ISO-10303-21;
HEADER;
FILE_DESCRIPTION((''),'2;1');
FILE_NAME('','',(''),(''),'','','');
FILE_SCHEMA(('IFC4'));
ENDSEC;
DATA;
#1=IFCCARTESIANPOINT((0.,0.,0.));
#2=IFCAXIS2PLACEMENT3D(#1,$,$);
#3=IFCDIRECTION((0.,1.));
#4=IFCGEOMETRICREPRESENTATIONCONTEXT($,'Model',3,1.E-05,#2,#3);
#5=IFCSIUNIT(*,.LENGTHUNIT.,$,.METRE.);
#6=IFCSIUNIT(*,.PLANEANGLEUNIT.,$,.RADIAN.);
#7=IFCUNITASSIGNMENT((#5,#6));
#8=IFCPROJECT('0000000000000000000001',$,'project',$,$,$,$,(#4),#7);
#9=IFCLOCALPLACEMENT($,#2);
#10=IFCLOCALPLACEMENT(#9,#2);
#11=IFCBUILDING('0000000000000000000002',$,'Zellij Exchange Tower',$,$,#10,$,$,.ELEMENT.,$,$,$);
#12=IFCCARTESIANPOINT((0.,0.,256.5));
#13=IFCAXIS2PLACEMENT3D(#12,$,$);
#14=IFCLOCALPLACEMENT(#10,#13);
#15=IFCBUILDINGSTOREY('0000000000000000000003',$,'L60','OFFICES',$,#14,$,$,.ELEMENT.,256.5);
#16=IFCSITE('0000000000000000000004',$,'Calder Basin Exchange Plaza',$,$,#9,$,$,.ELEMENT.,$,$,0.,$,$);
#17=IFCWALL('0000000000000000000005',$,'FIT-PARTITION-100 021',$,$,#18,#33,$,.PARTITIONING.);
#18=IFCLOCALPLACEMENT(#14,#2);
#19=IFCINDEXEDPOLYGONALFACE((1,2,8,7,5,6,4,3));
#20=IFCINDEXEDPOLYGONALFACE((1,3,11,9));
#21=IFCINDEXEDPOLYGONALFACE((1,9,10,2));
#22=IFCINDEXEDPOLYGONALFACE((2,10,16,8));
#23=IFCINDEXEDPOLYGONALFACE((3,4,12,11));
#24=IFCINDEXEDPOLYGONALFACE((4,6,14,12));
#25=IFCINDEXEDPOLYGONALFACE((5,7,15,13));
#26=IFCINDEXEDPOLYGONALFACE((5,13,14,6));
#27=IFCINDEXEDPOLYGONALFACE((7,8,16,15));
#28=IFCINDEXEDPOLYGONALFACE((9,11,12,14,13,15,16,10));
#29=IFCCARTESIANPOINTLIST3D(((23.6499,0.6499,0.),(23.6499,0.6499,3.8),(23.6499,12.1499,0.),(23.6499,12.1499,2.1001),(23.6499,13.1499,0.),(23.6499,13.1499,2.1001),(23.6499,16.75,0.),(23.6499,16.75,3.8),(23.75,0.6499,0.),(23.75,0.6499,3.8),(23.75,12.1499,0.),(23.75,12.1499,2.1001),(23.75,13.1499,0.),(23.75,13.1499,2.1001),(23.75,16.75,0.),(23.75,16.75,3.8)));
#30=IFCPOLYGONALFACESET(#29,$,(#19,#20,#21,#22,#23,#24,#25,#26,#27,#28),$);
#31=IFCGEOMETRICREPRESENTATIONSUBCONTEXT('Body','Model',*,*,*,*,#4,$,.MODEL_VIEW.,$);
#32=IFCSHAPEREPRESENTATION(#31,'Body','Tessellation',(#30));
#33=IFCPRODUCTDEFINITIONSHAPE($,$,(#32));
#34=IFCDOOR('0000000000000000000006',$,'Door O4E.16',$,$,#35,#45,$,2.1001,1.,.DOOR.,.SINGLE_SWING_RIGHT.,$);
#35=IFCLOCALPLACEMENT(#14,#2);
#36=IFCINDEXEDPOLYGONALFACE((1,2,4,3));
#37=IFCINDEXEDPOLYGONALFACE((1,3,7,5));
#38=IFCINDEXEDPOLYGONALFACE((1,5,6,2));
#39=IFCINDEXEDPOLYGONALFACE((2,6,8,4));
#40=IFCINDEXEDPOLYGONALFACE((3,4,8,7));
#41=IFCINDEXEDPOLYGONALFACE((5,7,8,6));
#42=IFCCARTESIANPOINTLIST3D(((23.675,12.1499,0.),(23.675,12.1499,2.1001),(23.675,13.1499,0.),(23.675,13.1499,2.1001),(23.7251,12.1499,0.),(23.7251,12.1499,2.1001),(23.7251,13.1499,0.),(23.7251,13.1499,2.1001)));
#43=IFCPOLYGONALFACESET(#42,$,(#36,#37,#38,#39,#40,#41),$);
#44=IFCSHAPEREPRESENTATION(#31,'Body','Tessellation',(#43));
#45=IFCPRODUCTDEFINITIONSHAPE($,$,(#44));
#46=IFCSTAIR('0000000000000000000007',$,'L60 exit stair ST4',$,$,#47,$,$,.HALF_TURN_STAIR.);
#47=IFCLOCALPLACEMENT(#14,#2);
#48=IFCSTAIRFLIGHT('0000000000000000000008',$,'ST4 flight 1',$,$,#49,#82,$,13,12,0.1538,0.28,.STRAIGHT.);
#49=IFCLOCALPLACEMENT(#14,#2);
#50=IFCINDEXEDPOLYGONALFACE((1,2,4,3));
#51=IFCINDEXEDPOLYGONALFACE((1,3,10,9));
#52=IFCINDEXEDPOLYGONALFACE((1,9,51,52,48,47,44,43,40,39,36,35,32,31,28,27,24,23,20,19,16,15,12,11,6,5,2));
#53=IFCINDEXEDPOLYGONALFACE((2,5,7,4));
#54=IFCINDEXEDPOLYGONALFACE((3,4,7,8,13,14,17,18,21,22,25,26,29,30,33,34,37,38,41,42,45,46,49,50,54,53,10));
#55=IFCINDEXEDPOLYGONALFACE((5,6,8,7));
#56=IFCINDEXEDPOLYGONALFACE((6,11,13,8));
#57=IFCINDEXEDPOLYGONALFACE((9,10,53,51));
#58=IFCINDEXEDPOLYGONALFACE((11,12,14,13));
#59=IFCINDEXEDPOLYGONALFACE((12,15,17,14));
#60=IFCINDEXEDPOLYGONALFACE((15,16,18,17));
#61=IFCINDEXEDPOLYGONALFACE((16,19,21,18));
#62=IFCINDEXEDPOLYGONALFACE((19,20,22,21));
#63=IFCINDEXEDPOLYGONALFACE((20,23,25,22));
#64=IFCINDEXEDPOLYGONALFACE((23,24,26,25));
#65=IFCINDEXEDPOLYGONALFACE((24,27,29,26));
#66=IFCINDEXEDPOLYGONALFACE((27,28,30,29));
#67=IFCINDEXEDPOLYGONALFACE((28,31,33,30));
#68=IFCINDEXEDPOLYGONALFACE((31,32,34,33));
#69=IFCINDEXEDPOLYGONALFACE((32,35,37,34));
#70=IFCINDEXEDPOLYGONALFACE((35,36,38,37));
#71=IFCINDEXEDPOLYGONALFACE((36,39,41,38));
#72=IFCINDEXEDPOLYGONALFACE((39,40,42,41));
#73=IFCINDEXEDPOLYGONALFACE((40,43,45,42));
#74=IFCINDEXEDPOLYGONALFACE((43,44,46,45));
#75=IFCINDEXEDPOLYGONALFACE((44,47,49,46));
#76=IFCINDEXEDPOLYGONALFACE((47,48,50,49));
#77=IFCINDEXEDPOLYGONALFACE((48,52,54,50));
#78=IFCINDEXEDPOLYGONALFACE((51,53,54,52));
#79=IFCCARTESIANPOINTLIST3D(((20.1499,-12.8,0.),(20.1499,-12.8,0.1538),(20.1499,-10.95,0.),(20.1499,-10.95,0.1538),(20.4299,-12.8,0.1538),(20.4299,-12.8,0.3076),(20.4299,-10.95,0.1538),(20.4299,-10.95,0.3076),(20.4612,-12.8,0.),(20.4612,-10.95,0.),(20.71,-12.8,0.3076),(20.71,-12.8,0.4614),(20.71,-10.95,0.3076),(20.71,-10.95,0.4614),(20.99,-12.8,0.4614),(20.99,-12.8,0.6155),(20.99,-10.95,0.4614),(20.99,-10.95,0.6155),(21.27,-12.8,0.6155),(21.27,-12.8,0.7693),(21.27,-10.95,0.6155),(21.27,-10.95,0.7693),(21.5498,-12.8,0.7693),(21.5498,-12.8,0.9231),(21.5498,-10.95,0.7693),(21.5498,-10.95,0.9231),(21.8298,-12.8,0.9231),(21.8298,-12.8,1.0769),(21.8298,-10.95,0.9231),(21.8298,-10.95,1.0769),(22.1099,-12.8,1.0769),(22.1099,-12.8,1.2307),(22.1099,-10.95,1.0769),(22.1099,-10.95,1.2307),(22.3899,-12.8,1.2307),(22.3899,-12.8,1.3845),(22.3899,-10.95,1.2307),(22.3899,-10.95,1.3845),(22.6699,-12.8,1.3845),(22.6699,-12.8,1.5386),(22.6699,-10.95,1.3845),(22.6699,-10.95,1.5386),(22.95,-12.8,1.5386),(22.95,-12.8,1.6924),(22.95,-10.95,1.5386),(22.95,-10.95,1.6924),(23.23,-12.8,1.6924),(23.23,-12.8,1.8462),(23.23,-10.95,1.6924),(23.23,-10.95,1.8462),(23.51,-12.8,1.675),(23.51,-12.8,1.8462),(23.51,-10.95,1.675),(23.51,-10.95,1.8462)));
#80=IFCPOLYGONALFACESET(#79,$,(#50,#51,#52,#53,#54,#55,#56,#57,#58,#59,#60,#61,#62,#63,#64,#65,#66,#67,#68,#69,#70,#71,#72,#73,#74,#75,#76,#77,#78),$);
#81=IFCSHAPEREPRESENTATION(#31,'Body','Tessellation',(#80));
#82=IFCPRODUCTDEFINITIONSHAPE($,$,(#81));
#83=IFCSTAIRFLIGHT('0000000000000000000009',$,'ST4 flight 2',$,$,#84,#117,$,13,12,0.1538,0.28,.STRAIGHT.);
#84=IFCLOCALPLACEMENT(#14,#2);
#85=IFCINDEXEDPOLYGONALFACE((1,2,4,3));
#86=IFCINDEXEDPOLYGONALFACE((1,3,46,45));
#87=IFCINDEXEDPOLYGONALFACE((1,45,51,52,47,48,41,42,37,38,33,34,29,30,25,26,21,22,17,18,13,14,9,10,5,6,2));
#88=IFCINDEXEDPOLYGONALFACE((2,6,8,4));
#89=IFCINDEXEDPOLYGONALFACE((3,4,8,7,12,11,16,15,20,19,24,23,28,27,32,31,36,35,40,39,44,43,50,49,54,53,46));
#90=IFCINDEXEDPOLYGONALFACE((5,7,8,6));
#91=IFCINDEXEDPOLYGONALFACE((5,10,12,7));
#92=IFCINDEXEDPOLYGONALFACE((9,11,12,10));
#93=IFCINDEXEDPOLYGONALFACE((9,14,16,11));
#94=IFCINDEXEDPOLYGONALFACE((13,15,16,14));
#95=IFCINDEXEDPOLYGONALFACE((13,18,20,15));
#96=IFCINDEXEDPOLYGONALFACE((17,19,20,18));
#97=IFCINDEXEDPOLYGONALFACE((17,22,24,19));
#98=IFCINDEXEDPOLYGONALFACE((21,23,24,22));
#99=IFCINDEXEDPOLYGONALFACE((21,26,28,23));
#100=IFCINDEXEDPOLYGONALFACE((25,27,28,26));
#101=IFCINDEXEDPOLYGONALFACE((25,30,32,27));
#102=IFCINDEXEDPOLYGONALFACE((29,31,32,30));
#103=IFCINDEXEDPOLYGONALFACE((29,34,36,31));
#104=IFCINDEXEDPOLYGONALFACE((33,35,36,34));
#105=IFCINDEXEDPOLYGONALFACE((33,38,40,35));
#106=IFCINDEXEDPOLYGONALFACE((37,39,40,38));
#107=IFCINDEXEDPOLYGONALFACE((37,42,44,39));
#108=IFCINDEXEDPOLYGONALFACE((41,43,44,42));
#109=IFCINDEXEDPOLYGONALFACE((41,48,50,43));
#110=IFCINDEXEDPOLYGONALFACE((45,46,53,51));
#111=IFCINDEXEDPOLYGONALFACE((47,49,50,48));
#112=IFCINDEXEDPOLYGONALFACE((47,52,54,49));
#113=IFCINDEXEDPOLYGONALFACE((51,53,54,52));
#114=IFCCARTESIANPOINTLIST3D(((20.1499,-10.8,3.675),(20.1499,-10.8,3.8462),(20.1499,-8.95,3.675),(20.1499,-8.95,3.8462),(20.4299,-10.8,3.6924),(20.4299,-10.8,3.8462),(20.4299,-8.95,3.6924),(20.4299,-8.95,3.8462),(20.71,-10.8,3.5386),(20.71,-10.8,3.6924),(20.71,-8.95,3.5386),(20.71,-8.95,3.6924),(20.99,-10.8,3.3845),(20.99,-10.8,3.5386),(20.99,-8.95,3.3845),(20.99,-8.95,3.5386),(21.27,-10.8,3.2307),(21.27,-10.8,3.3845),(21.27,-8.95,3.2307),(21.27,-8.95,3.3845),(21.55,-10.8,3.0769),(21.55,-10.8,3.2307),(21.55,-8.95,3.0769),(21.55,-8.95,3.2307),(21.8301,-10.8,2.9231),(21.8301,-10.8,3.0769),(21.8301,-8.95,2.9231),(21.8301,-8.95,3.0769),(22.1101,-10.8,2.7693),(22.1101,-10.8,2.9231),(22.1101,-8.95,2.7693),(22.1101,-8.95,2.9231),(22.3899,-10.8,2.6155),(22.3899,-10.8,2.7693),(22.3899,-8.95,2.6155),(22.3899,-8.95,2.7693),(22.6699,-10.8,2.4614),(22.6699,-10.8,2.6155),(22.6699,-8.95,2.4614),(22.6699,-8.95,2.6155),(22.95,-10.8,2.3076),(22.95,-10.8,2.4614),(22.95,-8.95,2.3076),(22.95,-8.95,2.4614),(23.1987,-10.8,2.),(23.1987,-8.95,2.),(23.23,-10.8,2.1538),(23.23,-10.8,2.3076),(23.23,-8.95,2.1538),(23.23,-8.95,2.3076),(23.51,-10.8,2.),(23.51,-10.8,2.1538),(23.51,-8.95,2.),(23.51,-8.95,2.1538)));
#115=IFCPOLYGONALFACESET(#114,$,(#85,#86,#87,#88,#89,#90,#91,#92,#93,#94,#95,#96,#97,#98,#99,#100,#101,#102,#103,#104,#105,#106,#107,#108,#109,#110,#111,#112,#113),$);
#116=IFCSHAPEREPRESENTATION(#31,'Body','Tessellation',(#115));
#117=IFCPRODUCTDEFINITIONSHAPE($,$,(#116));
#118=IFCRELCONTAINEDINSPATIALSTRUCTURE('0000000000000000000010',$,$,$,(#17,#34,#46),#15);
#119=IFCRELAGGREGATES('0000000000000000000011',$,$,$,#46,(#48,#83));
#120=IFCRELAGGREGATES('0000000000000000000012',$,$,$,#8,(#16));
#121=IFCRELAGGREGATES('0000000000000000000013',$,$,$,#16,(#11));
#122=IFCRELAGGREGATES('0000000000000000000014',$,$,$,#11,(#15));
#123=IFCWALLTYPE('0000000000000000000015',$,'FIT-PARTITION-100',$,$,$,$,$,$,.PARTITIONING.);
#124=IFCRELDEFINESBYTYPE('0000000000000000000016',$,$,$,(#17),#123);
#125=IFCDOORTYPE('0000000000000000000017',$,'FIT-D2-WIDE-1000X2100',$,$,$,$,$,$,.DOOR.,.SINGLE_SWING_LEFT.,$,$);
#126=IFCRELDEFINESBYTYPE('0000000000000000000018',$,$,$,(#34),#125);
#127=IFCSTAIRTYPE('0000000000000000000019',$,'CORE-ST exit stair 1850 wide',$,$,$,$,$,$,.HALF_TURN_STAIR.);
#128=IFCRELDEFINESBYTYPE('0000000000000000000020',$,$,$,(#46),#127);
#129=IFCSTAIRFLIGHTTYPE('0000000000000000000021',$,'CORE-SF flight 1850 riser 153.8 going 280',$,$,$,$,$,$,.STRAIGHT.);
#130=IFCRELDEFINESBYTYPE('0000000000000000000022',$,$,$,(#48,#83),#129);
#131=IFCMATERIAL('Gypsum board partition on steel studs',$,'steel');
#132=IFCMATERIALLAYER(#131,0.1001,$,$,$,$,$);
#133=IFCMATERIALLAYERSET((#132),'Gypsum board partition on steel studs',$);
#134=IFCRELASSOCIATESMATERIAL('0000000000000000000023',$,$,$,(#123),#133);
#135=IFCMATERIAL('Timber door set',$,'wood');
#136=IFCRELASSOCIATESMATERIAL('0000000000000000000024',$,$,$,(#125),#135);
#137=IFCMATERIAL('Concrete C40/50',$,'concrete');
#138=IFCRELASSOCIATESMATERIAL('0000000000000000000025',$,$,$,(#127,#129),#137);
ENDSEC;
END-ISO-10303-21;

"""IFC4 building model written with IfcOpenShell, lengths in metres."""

from ifc_helpers import new_model, si_unit, direction, frame, frame_2d, origin, place, context, subcontext, project, spatial, polyline, rectangle, outline, extrude, material, layer, layer_set, type_object, element, fill, aggregate, save


model = new_model("IFC4")

# Units and contexts
model_context = context("Model", 3, precision=1e-05, world=origin(), true_north=direction((0.0, 1.0)))
body_context = subcontext(model_context, "Body", "Model", "MODEL_VIEW")
ifc_project = project(units=[si_unit("LENGTHUNIT", "METRE"), si_unit("PLANEANGLEUNIT", "RADIAN")], contexts=[model_context])

# Site, building, storey
site_placement = place(None, origin())
site = spatial("IfcSite", under=ifc_project, at=site_placement, Name="Calder Basin Exchange Plaza", CompositionType="ELEMENT", RefElevation=0.0)
building_placement = place(site_placement, origin())
building = spatial("IfcBuilding", under=site, at=building_placement, Name="Zellij Exchange Tower", CompositionType="ELEMENT")
storey_placement = place(building_placement, frame((0.0, 0.0, 256.5)))
storey = spatial("IfcBuildingStorey", under=building, at=storey_placement, Name="L60", Description="OFFICES", CompositionType="ELEMENT", Elevation=256.5)

# Shared definitions
ifc_material_1 = material(Name="Gypsum board partition on steel studs", Category="steel")
ifc_layer_1 = layer(ifc_material_1, 0.1001)
ifc_layer_set_1 = layer_set([ifc_layer_1], Name="Gypsum board partition on steel studs")
wall_type_1 = type_object("IfcWallType", Name="FIT-PARTITION-100", PredefinedType="PARTITIONING", material=ifc_layer_set_1)

# Wall, opening, door
wall_1_placement = place(storey_placement, frame((23.7, 0.6499, 0.0), z_axis=(0.0, 0.0, 1.0), x_axis=(0.0, 1.0, 0.0)))
wall_1 = element("IfcWall", 1, at=wall_1_placement, inside=storey, type_object=wall_type_1, Name="FIT-PARTITION-100 021", PredefinedType="PARTITIONING", context=body_context, shape_type="SweptSolid", body=[
    extrude(rectangle(XDim=16.1001, YDim=0.1001, at=frame_2d((8.05, 0.0))), origin(), (0.0, 0.0, 1.0), 3.8),
])
opening_1_placement = place(wall_1_placement, frame((11.5, 0.0, 0.0)))
opening_1 = element("IfcOpeningElement", 2, at=opening_1_placement, cuts=wall_1, PredefinedType="OPENING", context=body_context, shape_type="SweptSolid", body=[
    extrude(rectangle(XDim=1.0, YDim=2.1001, at=frame_2d((0.5, 1.05))), frame((0.0, 0.062, 0.0), z_axis=(0.0, -1.0, 0.0), x_axis=(1.0, 0.0, 0.0)), (0.0, 0.0, 1.0), 0.124),
])
ifc_material_2 = material(Name="Timber door set", Category="wood")
door_type_1 = type_object("IfcDoorType", Name="FIT-D2-WIDE-1000X2100", OperationType="SINGLE_SWING_LEFT", PredefinedType="DOOR", material=ifc_material_2)
door_1_placement = place(opening_1_placement, origin())
door_1 = element("IfcDoor", 3, at=door_1_placement, inside=storey, type_object=door_type_1, Name="Door O4E.16", OperationType="SINGLE_SWING_RIGHT", OverallHeight=2.1001, OverallWidth=1.0, PredefinedType="DOOR", context=body_context, shape_type="SweptSolid", body=[
    extrude(rectangle(XDim=1.0, YDim=2.1001, at=frame_2d((0.5, 1.05))), frame((0.0, 0.0249, 0.0), z_axis=(0.0, -1.0, 0.0), x_axis=(1.0, 0.0, 0.0)), (0.0, 0.0, 1.0), 0.05),
])
fill(opening_1, door_1)

# Stair, stair flights
ifc_material_3 = material(Name="Concrete C40/50", Category="concrete")
stair_type = type_object("IfcStairType", Name="CORE-ST exit stair 1850 wide", PredefinedType="HALF_TURN_STAIR", material=ifc_material_3)
stair_placement = place(storey_placement, origin())
stair = element("IfcStair", 4, at=stair_placement, inside=storey, type_object=stair_type, Name="L60 exit stair ST4", PredefinedType="HALF_TURN_STAIR")
stair_flight_type = type_object("IfcStairFlightType", Name="CORE-SF flight 1850 riser 153.8 going 280", PredefinedType="STRAIGHT", material=ifc_material_3)
stair_flight_1_placement = place(storey_placement, frame((20.1499, -11.875, 0.0), z_axis=(0.0, 0.0, 1.0), x_axis=(1.0, 0.0, 0.0)))
stair_flight_1 = element("IfcStairFlight", 5, at=stair_flight_1_placement, type_object=stair_flight_type, Name="ST4 flight 1", NumberOfRisers=13, NumberOfTreads=12, PredefinedType="STRAIGHT", RiserHeight=0.1538, TreadLength=0.28, context=body_context, shape_type="SweptSolid", body=[
    extrude(outline(polyline([(0.0, 0.0), (0.0, 0.1538), (0.28, 0.1538), (0.28, 0.3076), (0.5601, 0.3076), (0.5601, 0.4614), (0.8401, 0.4614), (0.8401, 0.6155), (1.1201, 0.6155), (1.1201, 0.7693), (1.3999, 0.7693), (1.3999, 0.9231), (1.6799, 0.9231), (1.6799, 1.0769), (1.96, 1.0769), (1.96, 1.2307), (2.24, 1.2307), (2.24, 1.3845), (2.52, 1.3845), (2.52, 1.5386), (2.8, 1.5386), (2.8, 1.6924), (3.0801, 1.6924), (3.0801, 1.8462), (3.3601, 1.8462), (3.3601, 2.0), (3.3601, 1.675), (0.3113, 0.0), (0.0, 0.0)])), frame((0.0, 0.925, 0.0), z_axis=(0.0, -1.0, 0.0), x_axis=(1.0, 0.0, 0.0)), (0.0, 0.0, 1.0), 1.8501),
])
stair_flight_2_placement = place(storey_placement, frame((23.51, -9.875, 2.0), z_axis=(0.0, 0.0, 1.0), x_axis=(-1.0, 0.0, 0.0)))
stair_flight_2 = element("IfcStairFlight", 6, at=stair_flight_2_placement, type_object=stair_flight_type, Name="ST4 flight 2", NumberOfRisers=13, NumberOfTreads=12, PredefinedType="STRAIGHT", RiserHeight=0.1538, TreadLength=0.28, context=body_context, shape_type="SweptSolid", body=[
    extrude(outline(polyline([(0.0, 0.0), (0.0, 0.1538), (0.28, 0.1538), (0.28, 0.3076), (0.5601, 0.3076), (0.5601, 0.4614), (0.8401, 0.4614), (0.8401, 0.6155), (1.1201, 0.6155), (1.1201, 0.7693), (1.3999, 0.7693), (1.3999, 0.9231), (1.6799, 0.9231), (1.6799, 1.0769), (1.96, 1.0769), (1.96, 1.2307), (2.24, 1.2307), (2.24, 1.3845), (2.52, 1.3845), (2.52, 1.5386), (2.8, 1.5386), (2.8, 1.6924), (3.0801, 1.6924), (3.0801, 1.8462), (3.3601, 1.8462), (3.3601, 2.0), (3.3601, 1.675), (0.3113, 0.0), (0.0, 0.0)])), frame((0.0, 0.925, 0.0), z_axis=(0.0, -1.0, 0.0), x_axis=(1.0, 0.0, 0.0)), (0.0, 0.0, 1.0), 1.8501),
])
aggregate(stair, [stair_flight_1, stair_flight_2])

save(model, "model.ifc")
